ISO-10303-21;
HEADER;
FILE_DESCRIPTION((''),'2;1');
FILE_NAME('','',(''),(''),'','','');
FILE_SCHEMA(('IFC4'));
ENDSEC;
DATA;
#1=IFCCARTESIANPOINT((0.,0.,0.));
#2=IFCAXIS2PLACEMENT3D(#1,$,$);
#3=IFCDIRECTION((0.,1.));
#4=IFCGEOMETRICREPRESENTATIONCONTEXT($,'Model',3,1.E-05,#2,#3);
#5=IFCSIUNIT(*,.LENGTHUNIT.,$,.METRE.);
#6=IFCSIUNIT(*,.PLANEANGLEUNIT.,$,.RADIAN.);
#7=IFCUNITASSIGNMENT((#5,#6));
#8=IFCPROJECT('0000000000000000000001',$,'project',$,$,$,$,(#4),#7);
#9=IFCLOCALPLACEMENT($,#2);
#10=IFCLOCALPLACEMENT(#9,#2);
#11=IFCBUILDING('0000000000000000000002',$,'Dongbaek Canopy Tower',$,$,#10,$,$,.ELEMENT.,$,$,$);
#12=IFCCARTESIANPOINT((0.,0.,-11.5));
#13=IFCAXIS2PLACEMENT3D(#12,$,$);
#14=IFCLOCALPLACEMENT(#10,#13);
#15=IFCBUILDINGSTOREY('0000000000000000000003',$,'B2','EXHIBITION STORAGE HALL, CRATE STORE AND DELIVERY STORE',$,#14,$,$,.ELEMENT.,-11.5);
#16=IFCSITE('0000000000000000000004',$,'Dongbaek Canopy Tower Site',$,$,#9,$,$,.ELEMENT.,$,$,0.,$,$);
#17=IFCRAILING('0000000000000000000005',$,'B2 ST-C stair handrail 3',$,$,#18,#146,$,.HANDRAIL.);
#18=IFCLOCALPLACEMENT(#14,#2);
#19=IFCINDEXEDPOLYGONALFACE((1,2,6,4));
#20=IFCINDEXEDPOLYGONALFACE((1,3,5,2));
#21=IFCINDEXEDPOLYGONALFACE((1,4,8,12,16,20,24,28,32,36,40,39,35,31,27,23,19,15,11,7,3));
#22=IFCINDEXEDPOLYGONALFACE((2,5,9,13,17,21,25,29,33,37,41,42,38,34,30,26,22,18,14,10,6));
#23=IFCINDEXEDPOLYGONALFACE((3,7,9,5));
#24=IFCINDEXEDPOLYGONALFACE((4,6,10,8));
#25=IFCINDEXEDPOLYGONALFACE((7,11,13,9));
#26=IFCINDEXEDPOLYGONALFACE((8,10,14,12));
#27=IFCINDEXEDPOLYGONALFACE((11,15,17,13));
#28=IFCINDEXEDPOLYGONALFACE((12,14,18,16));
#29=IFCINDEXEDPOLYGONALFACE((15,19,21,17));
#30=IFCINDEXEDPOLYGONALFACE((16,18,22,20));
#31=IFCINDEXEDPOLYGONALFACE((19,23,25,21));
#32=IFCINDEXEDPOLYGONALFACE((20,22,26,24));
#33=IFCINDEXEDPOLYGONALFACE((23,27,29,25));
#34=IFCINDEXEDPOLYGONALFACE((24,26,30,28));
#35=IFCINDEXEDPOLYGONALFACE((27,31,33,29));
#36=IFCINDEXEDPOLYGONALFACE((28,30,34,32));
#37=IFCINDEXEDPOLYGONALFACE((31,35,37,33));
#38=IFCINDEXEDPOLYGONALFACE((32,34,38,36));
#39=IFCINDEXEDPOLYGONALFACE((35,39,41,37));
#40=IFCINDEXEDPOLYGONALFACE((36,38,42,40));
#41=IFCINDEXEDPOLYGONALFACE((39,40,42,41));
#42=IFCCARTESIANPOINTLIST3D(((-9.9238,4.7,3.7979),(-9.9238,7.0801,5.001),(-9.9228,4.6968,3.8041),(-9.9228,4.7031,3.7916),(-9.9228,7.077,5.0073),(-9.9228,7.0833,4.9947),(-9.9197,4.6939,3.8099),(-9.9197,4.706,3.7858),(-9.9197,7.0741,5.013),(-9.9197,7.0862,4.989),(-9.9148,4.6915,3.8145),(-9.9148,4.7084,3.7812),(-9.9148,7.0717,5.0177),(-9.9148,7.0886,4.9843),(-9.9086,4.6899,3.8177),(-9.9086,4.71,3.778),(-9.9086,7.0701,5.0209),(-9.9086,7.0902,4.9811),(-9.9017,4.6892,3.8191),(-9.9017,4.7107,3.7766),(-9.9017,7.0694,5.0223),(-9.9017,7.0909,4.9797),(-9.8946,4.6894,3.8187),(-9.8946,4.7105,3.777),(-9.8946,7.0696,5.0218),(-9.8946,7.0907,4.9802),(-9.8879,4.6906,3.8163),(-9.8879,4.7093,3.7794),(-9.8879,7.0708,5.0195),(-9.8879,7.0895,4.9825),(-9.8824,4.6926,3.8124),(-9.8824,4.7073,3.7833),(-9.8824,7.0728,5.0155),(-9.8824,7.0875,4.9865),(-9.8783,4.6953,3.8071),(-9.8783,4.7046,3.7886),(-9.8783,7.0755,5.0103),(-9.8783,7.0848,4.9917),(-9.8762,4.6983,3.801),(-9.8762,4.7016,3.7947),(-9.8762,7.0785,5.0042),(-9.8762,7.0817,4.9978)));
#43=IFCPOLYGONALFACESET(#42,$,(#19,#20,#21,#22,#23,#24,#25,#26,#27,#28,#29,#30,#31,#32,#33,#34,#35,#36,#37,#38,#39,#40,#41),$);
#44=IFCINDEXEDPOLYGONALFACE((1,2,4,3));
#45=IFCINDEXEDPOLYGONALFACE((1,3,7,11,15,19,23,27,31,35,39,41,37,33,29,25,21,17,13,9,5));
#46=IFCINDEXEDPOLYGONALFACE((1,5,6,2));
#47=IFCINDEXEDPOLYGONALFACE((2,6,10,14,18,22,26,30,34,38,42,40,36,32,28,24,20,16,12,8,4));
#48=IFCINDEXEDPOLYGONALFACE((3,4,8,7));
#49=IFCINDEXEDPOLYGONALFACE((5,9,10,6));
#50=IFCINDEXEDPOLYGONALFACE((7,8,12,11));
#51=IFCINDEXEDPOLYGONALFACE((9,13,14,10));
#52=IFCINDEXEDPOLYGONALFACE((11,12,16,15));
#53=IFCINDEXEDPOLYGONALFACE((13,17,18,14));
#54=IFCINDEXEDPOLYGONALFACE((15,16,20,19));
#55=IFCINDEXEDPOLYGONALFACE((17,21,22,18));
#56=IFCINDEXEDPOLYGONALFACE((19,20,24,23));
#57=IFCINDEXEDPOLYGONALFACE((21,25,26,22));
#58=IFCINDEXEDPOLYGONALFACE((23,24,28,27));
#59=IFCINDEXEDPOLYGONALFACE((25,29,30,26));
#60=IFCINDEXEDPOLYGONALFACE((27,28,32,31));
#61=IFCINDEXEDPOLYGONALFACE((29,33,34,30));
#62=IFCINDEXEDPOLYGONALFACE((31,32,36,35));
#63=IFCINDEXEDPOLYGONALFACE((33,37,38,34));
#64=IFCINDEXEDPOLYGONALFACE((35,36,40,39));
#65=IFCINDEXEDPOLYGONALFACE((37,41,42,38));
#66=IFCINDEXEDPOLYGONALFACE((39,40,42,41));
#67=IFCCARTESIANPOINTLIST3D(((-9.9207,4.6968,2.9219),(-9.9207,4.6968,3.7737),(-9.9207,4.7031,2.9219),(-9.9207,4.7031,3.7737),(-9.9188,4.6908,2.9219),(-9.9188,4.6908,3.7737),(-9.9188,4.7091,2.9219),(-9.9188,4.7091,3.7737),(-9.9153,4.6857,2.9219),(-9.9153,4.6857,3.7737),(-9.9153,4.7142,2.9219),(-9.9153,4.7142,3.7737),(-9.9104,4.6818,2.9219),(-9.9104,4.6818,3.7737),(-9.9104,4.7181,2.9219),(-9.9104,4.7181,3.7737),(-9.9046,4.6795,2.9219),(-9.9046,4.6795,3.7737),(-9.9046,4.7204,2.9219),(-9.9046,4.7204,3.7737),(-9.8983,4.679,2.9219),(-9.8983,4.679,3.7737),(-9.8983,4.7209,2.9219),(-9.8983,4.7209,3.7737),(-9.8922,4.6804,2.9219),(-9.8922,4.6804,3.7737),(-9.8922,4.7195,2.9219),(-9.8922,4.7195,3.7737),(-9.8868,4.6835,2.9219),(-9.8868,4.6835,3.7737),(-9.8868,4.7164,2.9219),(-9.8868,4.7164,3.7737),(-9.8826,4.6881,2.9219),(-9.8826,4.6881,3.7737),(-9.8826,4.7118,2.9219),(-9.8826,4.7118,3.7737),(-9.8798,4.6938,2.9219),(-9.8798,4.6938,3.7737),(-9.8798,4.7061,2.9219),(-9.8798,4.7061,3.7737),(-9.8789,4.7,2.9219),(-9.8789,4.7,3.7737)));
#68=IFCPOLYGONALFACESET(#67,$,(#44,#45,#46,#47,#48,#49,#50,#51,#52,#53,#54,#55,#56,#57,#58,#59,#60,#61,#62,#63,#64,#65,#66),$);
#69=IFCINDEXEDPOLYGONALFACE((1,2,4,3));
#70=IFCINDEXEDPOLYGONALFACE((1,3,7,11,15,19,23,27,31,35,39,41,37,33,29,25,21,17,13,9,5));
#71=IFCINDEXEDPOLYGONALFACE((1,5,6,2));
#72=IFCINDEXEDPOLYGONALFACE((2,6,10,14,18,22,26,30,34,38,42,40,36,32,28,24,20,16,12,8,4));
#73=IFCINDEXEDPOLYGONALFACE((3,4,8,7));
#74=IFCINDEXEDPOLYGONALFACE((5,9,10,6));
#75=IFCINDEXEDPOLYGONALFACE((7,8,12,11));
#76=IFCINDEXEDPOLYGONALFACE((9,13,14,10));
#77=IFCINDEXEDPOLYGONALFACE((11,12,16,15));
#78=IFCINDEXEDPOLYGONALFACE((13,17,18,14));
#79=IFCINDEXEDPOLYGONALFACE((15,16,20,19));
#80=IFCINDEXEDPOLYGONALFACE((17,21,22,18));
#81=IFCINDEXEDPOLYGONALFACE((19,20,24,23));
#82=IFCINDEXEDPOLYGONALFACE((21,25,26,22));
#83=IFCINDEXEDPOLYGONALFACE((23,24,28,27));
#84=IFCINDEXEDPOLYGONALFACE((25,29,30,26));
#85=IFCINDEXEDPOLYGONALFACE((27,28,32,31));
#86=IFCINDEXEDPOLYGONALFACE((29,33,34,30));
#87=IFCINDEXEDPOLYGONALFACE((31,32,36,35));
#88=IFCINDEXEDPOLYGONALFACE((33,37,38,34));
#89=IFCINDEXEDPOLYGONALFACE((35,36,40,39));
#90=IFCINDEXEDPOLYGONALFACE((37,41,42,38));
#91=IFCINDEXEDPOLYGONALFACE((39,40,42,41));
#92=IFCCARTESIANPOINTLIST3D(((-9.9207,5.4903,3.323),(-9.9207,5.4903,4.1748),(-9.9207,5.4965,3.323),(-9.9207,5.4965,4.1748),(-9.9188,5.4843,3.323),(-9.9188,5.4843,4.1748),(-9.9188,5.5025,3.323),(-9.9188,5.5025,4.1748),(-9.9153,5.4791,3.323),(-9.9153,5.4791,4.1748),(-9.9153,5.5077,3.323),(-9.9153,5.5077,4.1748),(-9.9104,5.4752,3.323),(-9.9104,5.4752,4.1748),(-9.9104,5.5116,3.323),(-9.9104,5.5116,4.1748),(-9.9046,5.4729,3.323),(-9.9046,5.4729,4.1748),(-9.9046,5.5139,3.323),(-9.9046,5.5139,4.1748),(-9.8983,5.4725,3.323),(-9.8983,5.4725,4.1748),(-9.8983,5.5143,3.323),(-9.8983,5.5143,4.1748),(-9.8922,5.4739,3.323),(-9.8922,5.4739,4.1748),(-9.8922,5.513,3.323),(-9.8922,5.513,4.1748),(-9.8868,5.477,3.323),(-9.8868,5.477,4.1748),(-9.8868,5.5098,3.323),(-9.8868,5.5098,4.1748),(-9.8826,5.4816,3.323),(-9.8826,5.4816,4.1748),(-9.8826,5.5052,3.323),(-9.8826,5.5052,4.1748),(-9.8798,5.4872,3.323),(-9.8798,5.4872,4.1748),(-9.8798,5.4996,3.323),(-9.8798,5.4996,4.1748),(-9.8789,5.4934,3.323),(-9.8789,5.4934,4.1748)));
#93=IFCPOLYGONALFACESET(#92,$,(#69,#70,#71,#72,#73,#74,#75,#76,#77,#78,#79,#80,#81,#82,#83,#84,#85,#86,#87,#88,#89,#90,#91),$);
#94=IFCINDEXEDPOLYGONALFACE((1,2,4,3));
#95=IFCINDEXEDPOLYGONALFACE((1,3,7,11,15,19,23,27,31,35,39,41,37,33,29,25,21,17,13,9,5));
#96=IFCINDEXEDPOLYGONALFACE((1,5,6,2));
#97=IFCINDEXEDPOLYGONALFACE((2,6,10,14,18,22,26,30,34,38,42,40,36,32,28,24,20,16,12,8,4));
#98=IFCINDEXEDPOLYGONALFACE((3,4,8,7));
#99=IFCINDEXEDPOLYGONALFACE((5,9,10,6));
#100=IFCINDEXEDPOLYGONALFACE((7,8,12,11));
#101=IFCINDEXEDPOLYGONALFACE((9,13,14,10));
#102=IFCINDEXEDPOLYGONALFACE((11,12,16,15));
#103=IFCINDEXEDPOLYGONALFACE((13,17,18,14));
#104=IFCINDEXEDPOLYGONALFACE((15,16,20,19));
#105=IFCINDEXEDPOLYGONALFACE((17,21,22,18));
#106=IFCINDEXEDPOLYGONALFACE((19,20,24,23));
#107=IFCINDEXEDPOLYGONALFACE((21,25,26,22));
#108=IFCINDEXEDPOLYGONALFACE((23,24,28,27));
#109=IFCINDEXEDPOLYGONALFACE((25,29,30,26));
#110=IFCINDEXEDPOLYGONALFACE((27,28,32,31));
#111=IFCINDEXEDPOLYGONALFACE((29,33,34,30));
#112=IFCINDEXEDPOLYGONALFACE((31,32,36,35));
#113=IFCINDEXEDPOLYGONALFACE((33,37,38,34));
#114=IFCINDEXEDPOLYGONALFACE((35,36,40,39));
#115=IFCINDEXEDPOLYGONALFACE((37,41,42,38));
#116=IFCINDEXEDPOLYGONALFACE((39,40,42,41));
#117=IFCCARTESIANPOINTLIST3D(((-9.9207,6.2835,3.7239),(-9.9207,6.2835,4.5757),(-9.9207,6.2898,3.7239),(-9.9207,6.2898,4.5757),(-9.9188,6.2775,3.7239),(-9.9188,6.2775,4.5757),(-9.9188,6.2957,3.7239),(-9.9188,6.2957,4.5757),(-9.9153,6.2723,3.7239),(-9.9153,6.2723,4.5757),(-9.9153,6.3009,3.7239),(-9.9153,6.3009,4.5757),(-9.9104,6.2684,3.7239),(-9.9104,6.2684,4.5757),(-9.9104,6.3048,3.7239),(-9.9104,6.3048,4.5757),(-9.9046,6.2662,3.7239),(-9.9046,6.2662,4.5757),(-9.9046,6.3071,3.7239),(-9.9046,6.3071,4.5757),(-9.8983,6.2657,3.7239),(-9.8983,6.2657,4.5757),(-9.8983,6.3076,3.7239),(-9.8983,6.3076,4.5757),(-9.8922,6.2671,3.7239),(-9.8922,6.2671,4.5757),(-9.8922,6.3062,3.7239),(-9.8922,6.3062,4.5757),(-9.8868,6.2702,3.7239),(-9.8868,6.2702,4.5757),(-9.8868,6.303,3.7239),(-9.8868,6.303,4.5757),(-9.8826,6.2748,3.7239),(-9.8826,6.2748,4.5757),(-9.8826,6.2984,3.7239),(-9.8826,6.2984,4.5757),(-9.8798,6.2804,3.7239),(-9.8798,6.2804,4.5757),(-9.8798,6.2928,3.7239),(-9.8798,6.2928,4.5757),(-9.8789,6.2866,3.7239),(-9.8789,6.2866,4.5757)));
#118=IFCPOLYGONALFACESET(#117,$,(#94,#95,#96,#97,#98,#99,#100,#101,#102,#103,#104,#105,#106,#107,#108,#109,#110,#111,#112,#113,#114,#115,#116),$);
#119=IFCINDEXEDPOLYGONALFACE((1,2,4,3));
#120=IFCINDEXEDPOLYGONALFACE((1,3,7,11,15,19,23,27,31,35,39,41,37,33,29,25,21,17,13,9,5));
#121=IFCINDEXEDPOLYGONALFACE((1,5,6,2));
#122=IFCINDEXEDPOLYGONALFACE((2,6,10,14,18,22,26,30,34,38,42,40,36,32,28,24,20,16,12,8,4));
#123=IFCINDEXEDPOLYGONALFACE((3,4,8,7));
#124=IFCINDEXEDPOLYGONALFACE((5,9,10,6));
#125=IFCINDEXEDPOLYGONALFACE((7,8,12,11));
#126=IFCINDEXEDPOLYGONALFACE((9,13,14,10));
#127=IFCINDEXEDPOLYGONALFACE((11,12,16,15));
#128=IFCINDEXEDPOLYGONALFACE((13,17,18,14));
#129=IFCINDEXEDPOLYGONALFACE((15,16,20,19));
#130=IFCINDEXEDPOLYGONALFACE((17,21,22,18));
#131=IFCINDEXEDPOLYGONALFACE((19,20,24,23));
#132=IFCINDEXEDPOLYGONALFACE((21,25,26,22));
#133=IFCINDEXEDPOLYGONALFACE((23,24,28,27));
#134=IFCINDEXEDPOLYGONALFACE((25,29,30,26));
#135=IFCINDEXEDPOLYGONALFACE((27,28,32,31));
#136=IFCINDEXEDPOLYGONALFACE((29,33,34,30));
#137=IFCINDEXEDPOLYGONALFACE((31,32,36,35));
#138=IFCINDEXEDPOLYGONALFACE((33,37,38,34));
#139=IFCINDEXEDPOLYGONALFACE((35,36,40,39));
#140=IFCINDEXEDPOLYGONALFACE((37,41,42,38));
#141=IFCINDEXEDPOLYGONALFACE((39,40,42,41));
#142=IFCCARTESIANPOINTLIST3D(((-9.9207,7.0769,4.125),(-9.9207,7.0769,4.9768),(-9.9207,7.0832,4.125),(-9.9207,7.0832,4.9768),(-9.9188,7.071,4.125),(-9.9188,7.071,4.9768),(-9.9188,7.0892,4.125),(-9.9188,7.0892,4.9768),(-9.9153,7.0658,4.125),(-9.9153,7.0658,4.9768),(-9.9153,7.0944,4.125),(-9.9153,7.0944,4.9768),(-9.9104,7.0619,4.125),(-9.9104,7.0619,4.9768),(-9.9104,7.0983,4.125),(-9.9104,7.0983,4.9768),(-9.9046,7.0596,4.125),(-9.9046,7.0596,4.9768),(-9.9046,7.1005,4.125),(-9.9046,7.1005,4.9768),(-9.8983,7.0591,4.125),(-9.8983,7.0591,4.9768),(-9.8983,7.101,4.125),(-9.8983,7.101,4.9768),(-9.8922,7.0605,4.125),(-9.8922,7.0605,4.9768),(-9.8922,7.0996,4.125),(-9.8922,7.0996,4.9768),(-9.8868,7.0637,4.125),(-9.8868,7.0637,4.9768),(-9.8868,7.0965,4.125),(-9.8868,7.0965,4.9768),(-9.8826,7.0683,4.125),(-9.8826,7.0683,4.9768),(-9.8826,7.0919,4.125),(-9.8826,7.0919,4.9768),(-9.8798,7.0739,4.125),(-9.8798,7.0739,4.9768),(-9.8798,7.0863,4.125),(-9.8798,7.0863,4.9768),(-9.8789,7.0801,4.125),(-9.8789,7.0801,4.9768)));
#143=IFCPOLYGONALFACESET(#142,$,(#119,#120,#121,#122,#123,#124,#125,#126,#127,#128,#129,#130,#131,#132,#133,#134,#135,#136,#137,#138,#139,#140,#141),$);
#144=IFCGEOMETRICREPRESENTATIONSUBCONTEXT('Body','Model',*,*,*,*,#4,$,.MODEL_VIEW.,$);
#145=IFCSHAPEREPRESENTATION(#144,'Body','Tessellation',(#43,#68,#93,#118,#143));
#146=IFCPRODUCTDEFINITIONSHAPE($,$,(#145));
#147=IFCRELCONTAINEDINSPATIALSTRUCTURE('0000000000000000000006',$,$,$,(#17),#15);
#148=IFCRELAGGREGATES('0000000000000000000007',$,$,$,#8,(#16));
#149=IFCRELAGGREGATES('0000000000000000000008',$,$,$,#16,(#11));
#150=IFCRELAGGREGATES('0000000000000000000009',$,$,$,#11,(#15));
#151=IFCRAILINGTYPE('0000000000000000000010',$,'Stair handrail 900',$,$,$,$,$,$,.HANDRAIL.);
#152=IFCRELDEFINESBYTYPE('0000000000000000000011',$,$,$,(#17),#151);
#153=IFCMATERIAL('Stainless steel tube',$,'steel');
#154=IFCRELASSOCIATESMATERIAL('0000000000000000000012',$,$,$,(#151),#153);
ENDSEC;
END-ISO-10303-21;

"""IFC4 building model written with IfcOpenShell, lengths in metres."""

from ifc_helpers import new_model, si_unit, direction, frame, origin, origin_2d, place, context, subcontext, project, spatial, circle, extrude, material, type_object, element, save


model = new_model("IFC4")

# Units and contexts
model_context = context("Model", 3, precision=1e-05, world=origin(), true_north=direction((0.0, 1.0)))
body_context = subcontext(model_context, "Body", "Model", "MODEL_VIEW")
ifc_project = project(units=[si_unit("LENGTHUNIT", "METRE"), si_unit("PLANEANGLEUNIT", "RADIAN")], contexts=[model_context])

# Site, building, storey
site_placement = place(None, origin())
site = spatial("IfcSite", under=ifc_project, at=site_placement, Name="Dongbaek Canopy Tower Site", CompositionType="ELEMENT", RefElevation=0.0)
building_placement = place(site_placement, origin())
building = spatial("IfcBuilding", under=site, at=building_placement, Name="Dongbaek Canopy Tower", CompositionType="ELEMENT")
storey_placement = place(building_placement, frame((0.0, 0.0, -11.5)))
storey = spatial("IfcBuildingStorey", under=building, at=storey_placement, Name="B2", Description="EXHIBITION STORAGE HALL, CRATE STORE AND DELIVERY STORE", CompositionType="ELEMENT", Elevation=-11.5)

# Railing
ifc_material_1 = material(Name="Stainless steel tube", Category="steel")
railing_type_1 = type_object("IfcRailingType", Name="Stair handrail 900", PredefinedType="HANDRAIL", material=ifc_material_1)
for number, where, name in (
    (1, (-9.8999, 4.7, 2.9219), "B2 ST-C stair handrail 3"),
):
    element("IfcRailing", number, at=place(storey_placement, frame(where)), inside=storey, type_object=railing_type_1, Name=name, PredefinedType="HANDRAIL", context=body_context, shape_type="SweptSolid", body=[
        extrude(circle(Radius=0.0239, at=origin_2d()), frame((0.0, 0.0, 0.876), z_axis=(0.0, 0.89246, 0.451127), x_axis=(-1.0, 0.0, 0.0)), (0.0, 0.0, 1.0), 2.667),
        extrude(circle(Radius=0.021, at=origin_2d()), origin(), (0.0, 0.0, 1.0), 0.8518),
        extrude(circle(Radius=0.021, at=origin_2d()), frame((0.0, 0.7935, 0.4011)), (0.0, 0.0, 1.0), 0.8518),
        extrude(circle(Radius=0.021, at=origin_2d()), frame((0.0, 1.5867, 0.802)), (0.0, 0.0, 1.0), 0.8518),
        extrude(circle(Radius=0.021, at=origin_2d()), frame((0.0, 2.3801, 1.2031)), (0.0, 0.0, 1.0), 0.8518),
    ])

save(model, "model.ifc")
